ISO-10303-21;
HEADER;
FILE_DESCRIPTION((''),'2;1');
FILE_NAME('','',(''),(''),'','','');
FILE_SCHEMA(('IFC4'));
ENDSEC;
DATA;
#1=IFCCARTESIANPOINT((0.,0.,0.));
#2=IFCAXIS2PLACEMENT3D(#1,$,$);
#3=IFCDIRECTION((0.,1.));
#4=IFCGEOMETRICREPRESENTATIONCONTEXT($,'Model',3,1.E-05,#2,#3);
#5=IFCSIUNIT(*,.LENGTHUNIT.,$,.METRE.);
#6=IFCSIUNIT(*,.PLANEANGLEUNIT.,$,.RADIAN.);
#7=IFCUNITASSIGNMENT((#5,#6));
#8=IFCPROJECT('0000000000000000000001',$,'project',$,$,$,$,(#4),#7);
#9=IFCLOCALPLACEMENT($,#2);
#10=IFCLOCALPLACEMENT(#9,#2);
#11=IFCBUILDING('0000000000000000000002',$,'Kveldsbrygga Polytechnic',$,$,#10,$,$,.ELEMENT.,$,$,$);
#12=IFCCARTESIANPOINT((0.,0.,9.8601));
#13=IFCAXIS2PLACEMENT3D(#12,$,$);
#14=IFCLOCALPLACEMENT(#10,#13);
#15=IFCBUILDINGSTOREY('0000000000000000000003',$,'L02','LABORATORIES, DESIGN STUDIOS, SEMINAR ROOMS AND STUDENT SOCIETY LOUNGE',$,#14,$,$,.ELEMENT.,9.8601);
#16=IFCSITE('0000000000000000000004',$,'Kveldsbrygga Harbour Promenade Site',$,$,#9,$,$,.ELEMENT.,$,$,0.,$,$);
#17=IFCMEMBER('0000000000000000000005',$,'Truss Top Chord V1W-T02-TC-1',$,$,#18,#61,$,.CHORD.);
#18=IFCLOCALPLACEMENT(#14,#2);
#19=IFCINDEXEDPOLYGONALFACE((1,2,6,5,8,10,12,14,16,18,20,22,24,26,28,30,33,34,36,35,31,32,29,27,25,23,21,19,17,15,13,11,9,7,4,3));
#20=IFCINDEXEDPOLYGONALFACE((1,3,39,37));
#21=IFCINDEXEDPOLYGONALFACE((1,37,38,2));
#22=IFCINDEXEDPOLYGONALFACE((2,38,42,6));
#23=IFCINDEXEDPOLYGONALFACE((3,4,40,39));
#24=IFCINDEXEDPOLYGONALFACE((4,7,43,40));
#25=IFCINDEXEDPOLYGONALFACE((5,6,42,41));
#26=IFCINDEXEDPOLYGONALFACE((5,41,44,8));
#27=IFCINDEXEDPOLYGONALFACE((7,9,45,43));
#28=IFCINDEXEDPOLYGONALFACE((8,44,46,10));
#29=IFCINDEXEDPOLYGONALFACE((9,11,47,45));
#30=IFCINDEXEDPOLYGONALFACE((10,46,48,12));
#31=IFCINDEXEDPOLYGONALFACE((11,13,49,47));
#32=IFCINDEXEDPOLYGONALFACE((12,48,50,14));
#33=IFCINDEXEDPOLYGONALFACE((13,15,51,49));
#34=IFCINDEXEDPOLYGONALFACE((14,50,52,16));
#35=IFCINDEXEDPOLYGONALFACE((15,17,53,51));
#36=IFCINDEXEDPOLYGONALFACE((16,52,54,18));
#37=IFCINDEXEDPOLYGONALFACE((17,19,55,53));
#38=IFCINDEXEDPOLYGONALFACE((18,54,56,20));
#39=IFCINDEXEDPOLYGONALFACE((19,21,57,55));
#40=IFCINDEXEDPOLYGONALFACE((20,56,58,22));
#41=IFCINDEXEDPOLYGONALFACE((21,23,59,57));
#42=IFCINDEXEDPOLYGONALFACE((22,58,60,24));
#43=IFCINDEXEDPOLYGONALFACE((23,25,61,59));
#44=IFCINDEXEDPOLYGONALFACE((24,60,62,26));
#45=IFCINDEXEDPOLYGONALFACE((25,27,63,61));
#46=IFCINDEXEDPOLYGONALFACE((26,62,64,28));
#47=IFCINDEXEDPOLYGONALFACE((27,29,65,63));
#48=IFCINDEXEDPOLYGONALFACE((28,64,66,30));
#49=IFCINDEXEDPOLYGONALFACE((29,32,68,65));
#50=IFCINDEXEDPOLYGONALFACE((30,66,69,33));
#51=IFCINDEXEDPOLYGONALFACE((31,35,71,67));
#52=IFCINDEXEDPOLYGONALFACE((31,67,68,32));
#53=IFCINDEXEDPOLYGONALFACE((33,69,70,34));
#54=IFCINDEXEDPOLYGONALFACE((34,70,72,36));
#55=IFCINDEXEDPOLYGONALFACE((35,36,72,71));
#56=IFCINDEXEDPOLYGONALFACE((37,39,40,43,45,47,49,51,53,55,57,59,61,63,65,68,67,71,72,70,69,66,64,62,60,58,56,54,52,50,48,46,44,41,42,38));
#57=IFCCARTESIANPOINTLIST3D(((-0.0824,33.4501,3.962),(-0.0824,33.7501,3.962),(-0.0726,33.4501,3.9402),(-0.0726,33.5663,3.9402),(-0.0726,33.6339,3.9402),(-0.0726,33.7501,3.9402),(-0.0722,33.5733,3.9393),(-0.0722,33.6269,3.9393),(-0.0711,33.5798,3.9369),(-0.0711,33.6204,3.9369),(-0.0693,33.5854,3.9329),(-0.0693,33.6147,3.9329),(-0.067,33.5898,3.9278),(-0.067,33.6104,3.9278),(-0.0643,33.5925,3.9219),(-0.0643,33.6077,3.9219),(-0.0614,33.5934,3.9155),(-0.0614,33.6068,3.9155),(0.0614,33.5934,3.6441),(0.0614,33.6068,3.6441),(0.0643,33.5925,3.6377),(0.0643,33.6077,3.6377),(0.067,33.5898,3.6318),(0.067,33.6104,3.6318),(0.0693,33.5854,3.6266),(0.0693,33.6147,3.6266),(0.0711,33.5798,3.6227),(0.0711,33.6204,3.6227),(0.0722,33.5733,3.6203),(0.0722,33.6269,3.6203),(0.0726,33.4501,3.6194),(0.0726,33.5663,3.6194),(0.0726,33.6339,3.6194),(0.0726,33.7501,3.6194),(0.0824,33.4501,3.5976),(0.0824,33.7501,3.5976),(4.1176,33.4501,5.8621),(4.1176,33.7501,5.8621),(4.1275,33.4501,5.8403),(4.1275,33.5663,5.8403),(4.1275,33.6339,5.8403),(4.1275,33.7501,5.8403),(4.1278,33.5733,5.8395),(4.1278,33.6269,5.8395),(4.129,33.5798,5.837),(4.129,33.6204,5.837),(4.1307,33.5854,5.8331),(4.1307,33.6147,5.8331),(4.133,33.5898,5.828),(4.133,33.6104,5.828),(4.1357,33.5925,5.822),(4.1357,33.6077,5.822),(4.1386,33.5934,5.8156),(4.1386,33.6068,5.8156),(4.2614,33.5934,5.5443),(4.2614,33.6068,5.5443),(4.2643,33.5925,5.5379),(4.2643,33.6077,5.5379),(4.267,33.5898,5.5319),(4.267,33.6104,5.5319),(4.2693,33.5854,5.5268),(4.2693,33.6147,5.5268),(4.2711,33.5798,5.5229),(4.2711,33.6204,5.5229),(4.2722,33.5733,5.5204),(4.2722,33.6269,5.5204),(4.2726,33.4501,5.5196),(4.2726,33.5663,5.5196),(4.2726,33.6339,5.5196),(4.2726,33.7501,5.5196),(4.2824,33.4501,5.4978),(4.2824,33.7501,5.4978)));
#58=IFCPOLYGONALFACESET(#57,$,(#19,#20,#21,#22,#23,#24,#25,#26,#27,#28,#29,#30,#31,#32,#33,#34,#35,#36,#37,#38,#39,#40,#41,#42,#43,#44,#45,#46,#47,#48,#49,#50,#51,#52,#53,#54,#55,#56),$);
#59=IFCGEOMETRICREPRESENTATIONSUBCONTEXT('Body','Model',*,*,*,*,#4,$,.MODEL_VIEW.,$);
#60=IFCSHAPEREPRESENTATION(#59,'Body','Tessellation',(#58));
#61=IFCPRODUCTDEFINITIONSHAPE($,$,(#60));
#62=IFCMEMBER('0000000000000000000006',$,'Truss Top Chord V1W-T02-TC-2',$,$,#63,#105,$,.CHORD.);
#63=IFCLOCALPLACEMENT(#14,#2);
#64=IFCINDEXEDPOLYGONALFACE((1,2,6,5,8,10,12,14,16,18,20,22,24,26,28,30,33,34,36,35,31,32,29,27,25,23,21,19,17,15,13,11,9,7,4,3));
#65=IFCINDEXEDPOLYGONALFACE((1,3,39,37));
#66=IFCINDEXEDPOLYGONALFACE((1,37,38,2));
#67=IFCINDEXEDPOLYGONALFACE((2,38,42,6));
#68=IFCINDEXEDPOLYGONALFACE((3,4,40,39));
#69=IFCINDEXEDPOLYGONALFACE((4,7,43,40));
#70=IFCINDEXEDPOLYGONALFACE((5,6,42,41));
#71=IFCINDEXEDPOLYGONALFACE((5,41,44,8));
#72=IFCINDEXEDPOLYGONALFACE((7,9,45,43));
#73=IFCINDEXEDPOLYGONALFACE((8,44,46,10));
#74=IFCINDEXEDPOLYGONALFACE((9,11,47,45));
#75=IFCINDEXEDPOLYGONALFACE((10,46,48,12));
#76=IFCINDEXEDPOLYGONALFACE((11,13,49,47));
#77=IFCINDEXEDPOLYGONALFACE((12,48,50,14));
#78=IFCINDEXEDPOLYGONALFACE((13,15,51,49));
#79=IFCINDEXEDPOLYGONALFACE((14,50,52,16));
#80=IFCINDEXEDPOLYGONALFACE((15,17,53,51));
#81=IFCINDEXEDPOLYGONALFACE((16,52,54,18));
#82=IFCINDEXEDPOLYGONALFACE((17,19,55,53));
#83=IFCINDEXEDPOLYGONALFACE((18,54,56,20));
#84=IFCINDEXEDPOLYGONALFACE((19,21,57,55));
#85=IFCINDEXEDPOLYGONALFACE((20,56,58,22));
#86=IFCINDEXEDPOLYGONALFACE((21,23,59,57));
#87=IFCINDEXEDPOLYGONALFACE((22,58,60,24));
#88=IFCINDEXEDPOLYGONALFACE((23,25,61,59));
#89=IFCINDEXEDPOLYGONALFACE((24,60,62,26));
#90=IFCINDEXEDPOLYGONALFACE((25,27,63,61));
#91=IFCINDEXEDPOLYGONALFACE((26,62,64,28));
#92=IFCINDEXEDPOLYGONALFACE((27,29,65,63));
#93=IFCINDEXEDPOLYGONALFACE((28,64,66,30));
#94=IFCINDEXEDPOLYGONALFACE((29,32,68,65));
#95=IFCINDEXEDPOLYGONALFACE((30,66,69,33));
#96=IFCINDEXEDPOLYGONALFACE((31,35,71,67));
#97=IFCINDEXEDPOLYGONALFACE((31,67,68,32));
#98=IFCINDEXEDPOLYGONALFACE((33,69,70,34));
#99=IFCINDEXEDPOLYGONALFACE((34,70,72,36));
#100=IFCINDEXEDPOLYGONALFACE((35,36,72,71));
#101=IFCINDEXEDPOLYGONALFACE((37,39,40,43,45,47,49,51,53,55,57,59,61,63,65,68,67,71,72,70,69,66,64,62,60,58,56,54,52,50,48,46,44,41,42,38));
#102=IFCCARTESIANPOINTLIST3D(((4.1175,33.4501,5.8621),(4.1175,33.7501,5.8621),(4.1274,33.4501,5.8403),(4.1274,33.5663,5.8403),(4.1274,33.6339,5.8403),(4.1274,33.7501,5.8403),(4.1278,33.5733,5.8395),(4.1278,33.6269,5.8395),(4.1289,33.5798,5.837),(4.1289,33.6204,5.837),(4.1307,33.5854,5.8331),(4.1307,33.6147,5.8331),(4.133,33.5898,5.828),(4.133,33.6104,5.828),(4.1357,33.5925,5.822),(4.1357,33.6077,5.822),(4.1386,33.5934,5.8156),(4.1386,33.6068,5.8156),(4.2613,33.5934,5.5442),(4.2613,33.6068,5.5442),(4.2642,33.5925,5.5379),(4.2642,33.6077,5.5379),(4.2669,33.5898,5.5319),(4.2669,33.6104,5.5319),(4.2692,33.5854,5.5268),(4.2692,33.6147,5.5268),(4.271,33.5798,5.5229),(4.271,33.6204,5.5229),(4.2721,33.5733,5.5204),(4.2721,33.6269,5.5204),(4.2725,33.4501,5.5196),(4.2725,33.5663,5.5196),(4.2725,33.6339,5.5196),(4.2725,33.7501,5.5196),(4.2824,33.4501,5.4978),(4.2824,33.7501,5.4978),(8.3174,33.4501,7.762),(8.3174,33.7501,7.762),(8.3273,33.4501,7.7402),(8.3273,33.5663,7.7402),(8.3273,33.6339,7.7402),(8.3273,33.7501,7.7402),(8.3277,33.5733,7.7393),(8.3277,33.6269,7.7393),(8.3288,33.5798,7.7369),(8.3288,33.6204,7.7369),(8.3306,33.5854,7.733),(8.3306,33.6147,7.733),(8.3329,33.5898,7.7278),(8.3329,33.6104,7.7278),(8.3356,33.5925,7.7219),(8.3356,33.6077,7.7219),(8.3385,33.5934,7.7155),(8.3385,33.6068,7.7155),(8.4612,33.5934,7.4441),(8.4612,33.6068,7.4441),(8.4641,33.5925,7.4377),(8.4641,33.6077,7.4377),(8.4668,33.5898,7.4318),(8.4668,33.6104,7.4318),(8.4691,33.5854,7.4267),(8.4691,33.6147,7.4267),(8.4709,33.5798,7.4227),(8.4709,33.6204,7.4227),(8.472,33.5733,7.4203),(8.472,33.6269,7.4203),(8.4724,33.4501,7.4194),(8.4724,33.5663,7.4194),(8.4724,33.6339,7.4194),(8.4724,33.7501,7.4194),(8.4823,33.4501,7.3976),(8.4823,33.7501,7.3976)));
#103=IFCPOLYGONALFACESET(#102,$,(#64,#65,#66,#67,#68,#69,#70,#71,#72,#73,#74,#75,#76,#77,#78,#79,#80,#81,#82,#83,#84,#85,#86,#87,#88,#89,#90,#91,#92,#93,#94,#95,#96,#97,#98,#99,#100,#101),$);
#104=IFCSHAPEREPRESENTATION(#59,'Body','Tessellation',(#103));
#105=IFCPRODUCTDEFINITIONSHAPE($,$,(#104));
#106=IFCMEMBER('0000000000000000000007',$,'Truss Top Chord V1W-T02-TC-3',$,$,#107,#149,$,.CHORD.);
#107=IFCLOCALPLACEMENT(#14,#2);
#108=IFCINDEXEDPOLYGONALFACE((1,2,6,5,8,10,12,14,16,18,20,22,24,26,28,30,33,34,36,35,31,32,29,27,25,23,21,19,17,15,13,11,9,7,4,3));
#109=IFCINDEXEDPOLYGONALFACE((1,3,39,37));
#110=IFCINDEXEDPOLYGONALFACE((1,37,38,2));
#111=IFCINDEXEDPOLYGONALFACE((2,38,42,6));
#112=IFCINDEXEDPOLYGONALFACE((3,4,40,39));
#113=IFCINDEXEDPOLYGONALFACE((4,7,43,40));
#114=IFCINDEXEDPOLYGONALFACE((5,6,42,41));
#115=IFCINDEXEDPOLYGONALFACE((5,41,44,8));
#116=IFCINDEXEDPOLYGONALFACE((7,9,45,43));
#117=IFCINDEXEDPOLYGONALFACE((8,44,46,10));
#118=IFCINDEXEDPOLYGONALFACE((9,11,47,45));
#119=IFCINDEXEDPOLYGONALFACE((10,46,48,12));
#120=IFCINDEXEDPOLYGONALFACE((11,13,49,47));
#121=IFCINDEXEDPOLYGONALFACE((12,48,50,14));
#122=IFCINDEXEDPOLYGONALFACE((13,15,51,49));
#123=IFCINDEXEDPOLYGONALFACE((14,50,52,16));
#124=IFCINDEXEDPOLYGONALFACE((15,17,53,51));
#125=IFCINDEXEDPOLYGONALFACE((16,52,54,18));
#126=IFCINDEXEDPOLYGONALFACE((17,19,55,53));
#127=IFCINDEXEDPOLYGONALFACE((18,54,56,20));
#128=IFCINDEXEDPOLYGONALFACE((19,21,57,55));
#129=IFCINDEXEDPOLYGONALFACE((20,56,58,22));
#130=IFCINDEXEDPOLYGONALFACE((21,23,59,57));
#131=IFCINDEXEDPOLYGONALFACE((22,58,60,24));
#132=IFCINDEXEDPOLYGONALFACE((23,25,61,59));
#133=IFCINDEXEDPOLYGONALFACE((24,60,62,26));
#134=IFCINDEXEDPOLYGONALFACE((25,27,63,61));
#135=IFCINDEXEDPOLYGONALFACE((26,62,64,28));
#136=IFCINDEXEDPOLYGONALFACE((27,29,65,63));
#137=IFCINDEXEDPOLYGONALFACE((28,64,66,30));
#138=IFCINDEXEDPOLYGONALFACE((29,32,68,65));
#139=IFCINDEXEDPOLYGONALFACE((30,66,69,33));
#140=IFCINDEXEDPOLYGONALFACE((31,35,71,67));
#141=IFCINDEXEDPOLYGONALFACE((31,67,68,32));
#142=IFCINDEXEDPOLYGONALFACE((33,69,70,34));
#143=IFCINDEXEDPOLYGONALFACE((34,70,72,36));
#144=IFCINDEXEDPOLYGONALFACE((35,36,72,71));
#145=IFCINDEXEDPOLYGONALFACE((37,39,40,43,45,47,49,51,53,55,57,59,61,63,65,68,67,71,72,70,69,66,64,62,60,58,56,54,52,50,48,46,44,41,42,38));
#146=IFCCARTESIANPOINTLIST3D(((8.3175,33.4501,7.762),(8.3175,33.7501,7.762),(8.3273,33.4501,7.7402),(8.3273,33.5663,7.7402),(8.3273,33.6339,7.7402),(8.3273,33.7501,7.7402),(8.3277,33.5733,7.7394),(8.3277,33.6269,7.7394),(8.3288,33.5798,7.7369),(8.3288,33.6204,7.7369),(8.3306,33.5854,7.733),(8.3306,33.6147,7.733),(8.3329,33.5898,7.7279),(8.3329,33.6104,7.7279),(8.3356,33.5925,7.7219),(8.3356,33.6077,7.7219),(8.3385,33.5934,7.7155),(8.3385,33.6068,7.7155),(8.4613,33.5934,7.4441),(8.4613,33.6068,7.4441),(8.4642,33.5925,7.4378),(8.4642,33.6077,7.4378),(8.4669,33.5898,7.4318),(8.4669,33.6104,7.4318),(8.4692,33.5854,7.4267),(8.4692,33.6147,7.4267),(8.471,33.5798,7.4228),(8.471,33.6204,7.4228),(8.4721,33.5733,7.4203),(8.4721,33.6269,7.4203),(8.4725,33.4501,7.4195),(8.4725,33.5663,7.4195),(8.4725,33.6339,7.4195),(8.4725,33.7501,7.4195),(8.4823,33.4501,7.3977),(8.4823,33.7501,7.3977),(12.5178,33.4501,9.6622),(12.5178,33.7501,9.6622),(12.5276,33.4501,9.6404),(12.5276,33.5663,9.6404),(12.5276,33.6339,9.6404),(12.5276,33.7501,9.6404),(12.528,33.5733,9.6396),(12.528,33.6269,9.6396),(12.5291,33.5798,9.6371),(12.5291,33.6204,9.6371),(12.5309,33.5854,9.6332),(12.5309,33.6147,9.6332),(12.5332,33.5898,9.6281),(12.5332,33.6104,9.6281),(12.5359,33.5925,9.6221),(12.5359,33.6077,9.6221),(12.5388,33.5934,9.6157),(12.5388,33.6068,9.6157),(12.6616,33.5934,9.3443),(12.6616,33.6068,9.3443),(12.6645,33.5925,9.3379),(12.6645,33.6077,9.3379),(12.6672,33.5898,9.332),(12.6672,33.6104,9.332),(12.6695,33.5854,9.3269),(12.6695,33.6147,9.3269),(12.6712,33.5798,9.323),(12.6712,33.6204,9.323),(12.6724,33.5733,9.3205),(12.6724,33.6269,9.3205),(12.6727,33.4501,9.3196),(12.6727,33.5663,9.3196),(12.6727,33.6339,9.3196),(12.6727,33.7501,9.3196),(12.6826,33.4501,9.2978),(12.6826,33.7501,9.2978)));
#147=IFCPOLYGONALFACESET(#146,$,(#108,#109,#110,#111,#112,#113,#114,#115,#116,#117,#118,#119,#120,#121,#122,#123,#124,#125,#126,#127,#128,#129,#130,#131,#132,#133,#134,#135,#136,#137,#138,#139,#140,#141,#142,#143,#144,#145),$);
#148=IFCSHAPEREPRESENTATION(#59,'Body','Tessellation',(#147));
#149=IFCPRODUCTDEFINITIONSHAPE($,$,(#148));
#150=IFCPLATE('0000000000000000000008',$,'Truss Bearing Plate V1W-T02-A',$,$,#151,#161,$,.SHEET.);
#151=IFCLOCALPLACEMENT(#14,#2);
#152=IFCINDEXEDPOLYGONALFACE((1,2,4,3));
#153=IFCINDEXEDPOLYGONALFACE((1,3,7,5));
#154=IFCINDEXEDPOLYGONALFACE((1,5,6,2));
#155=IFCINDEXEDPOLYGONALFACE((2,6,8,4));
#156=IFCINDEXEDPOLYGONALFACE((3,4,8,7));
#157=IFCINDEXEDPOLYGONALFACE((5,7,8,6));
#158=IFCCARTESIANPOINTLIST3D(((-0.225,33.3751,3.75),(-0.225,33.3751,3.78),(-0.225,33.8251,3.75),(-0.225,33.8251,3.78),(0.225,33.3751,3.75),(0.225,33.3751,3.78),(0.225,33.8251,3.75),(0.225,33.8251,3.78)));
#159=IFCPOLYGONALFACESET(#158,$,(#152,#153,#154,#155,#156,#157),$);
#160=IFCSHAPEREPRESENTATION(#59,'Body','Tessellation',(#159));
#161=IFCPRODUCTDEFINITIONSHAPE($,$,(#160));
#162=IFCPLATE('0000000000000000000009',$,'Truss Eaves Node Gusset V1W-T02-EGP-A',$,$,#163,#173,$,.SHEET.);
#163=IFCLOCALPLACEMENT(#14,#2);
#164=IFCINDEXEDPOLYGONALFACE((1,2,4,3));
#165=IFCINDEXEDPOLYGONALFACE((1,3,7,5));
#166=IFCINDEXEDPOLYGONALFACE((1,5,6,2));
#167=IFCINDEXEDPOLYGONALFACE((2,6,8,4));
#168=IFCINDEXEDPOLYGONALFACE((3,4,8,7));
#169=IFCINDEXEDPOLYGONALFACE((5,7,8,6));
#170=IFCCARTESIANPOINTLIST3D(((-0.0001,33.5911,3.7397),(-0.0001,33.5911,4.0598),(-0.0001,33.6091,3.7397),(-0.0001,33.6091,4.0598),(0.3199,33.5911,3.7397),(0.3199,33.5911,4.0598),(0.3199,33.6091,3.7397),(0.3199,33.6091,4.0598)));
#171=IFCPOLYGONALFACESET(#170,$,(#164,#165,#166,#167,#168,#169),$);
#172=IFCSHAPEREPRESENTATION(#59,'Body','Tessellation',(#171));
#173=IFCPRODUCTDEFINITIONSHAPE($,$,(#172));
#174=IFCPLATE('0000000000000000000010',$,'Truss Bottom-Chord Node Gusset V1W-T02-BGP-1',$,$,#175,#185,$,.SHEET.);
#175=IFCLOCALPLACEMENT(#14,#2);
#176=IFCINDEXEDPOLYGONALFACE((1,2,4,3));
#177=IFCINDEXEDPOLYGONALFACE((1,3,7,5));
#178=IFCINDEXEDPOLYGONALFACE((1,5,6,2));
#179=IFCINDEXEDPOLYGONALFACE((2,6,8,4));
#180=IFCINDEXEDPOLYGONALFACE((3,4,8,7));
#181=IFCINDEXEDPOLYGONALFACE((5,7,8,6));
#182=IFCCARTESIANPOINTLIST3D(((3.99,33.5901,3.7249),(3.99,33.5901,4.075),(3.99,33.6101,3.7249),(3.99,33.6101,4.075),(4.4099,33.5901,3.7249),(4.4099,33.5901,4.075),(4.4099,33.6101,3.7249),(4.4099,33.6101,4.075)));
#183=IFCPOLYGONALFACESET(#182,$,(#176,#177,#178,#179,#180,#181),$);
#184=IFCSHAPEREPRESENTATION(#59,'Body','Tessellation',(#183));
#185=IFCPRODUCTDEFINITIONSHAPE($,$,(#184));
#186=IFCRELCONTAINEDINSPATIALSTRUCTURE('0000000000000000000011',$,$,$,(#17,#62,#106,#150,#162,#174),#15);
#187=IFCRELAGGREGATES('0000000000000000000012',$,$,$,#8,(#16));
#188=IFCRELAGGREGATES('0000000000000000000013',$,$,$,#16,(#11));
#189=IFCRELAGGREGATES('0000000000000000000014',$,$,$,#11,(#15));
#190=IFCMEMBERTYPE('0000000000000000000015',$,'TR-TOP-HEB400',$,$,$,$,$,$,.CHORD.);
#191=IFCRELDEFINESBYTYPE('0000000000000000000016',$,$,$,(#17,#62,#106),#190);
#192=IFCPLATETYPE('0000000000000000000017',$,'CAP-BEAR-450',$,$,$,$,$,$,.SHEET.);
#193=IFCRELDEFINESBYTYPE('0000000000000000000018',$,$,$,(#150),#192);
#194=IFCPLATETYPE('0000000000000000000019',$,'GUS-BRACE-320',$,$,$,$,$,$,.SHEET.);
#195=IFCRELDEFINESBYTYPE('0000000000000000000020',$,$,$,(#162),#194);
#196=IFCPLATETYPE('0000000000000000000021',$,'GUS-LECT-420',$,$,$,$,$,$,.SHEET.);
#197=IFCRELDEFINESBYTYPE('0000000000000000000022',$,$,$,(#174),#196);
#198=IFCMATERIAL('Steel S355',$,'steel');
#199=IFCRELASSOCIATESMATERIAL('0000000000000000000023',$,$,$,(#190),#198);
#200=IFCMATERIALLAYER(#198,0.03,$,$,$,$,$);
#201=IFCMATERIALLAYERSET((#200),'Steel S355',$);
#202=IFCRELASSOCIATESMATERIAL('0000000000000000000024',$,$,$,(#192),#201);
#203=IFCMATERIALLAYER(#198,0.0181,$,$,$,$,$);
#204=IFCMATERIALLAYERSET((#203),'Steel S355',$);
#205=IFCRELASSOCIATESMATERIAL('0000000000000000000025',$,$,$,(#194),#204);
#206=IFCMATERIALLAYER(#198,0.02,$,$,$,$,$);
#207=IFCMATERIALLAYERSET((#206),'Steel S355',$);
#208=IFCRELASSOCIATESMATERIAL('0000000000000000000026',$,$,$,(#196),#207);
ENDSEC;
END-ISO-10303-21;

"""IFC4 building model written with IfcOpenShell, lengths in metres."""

from ifc_helpers import new_model, si_unit, direction, frame, origin, origin_2d, place, context, subcontext, project, spatial, rectangle, i_section, extrude, material, layer, layer_set, material_profile, profile_set, type_object, element, save


model = new_model("IFC4")

# Units and contexts
model_context = context("Model", 3, precision=1e-05, world=origin(), true_north=direction((0.0, 1.0)))
body_context = subcontext(model_context, "Body", "Model", "MODEL_VIEW")
ifc_project = project(units=[si_unit("LENGTHUNIT", "METRE"), si_unit("PLANEANGLEUNIT", "RADIAN")], contexts=[model_context])

# Site, building, storey
site_placement = place(None, origin())
site = spatial("IfcSite", under=ifc_project, at=site_placement, Name="Kveldsbrygga Harbour Promenade Site", CompositionType="ELEMENT", RefElevation=0.0)
building_placement = place(site_placement, origin())
building = spatial("IfcBuilding", under=site, at=building_placement, Name="Kveldsbrygga Polytechnic", CompositionType="ELEMENT")
storey_placement = place(building_placement, frame((0.0, 0.0, 9.8601)))
storey = spatial("IfcBuildingStorey", under=building, at=storey_placement, Name="L02", Description="LABORATORIES, DESIGN STUDIOS, SEMINAR ROOMS AND STUDENT SOCIETY LOUNGE", CompositionType="ELEMENT", Elevation=9.8601)

# Shared definitions
ifc_material_1 = material(Name="Steel S355", Category="steel")

# Members
ifc_material_profile_1 = material_profile(ifc_material_1, i_section(OverallWidth=0.3, OverallDepth=0.3999, WebThickness=0.0134, FlangeThickness=0.0239, FilletRadius=0.0271, at=origin_2d()), Name="HEB 400")
ifc_profile_set_1 = profile_set([ifc_material_profile_1], Name="Steel S355")
member_type_1 = type_object("IfcMemberType", Name="TR-TOP-HEB400", PredefinedType="CHORD", material=ifc_profile_set_1)
member_1_placement = place(storey_placement, frame((0.0, 33.6001, 3.7798), z_axis=(0.911094, 0.0, 0.412198), x_axis=(0.0, 1.0, 0.0)))
element("IfcMember", 1, at=member_1_placement, inside=storey, type_object=member_type_1, Name="Truss Top Chord V1W-T02-TC-1", PredefinedType="CHORD", context=body_context, shape_type="SweptSolid", body=[
    extrude(i_section(OverallWidth=0.3, OverallDepth=0.3999, WebThickness=0.0134, FlangeThickness=0.0239, FilletRadius=0.0271, at=origin_2d()), origin(), (0.0, 0.0, 1.0), 4.6099),
])
member_2_placement = place(storey_placement, frame((4.2, 33.6001, 5.6799), z_axis=(0.911114, 0.0, 0.412154), x_axis=(0.0, 1.0, 0.0)))
element("IfcMember", 2, at=member_2_placement, inside=storey, type_object=member_type_1, Name="Truss Top Chord V1W-T02-TC-2", PredefinedType="CHORD", context=body_context, shape_type="SweptSolid", body=[
    extrude(i_section(OverallWidth=0.3, OverallDepth=0.3999, WebThickness=0.0134, FlangeThickness=0.0239, FilletRadius=0.0271, at=origin_2d()), origin(), (0.0, 0.0, 1.0), 4.6096),
])
member_3_placement = place(storey_placement, frame((8.3999, 33.6001, 7.5798), z_axis=(0.911103, 0.0, 0.412178), x_axis=(0.0, 1.0, 0.0)))
element("IfcMember", 3, at=member_3_placement, inside=storey, type_object=member_type_1, Name="Truss Top Chord V1W-T02-TC-3", PredefinedType="CHORD", context=body_context, shape_type="SweptSolid", body=[
    extrude(i_section(OverallWidth=0.3, OverallDepth=0.3999, WebThickness=0.0134, FlangeThickness=0.0239, FilletRadius=0.0271, at=origin_2d()), origin(), (0.0, 0.0, 1.0), 4.6101),
])

# Plates
ifc_layer_1 = layer(ifc_material_1, 0.03)
ifc_layer_set_1 = layer_set([ifc_layer_1], Name="Steel S355")
plate_type_1 = type_object("IfcPlateType", Name="CAP-BEAR-450", PredefinedType="SHEET", material=ifc_layer_set_1)
plate_1_placement = place(storey_placement, frame((0.0, 33.6001, 3.75), z_axis=(0.0, 0.0, 1.0), x_axis=(1.0, 0.0, 0.0)))
element("IfcPlate", 4, at=plate_1_placement, inside=storey, type_object=plate_type_1, Name="Truss Bearing Plate V1W-T02-A", PredefinedType="SHEET", context=body_context, shape_type="SweptSolid", body=[
    extrude(rectangle(XDim=0.45, YDim=0.45, at=origin_2d()), origin(), (0.0, 0.0, 1.0), 0.03),
])
ifc_layer_2 = layer(ifc_material_1, 0.0181)
ifc_layer_set_2 = layer_set([ifc_layer_2], Name="Steel S355")
plate_type_2 = type_object("IfcPlateType", Name="GUS-BRACE-320", PredefinedType="SHEET", material=ifc_layer_set_2)
plate_2_placement = place(storey_placement, frame((0.1599, 33.6001, 3.7397), z_axis=(0.0, 0.0, 1.0), x_axis=(1.0, 0.0, 0.0)))
element("IfcPlate", 5, at=plate_2_placement, inside=storey, type_object=plate_type_2, Name="Truss Eaves Node Gusset V1W-T02-EGP-A", PredefinedType="SHEET", context=body_context, shape_type="SweptSolid", body=[
    extrude(rectangle(XDim=0.3201, YDim=0.0181, at=origin_2d()), origin(), (0.0, 0.0, 1.0), 0.3201),
])
ifc_layer_3 = layer(ifc_material_1, 0.02)
ifc_layer_set_3 = layer_set([ifc_layer_3], Name="Steel S355")
plate_type_3 = type_object("IfcPlateType", Name="GUS-LECT-420", PredefinedType="SHEET", material=ifc_layer_set_3)
plate_3_placement = place(storey_placement, frame((4.2, 33.6001, 3.7249), z_axis=(0.0, 0.0, 1.0), x_axis=(1.0, 0.0, 0.0)))
element("IfcPlate", 6, at=plate_3_placement, inside=storey, type_object=plate_type_3, Name="Truss Bottom-Chord Node Gusset V1W-T02-BGP-1", PredefinedType="SHEET", context=body_context, shape_type="SweptSolid", body=[
    extrude(rectangle(XDim=0.4199, YDim=0.02, at=origin_2d()), origin(), (0.0, 0.0, 1.0), 0.3501),
])

save(model, "model.ifc")
